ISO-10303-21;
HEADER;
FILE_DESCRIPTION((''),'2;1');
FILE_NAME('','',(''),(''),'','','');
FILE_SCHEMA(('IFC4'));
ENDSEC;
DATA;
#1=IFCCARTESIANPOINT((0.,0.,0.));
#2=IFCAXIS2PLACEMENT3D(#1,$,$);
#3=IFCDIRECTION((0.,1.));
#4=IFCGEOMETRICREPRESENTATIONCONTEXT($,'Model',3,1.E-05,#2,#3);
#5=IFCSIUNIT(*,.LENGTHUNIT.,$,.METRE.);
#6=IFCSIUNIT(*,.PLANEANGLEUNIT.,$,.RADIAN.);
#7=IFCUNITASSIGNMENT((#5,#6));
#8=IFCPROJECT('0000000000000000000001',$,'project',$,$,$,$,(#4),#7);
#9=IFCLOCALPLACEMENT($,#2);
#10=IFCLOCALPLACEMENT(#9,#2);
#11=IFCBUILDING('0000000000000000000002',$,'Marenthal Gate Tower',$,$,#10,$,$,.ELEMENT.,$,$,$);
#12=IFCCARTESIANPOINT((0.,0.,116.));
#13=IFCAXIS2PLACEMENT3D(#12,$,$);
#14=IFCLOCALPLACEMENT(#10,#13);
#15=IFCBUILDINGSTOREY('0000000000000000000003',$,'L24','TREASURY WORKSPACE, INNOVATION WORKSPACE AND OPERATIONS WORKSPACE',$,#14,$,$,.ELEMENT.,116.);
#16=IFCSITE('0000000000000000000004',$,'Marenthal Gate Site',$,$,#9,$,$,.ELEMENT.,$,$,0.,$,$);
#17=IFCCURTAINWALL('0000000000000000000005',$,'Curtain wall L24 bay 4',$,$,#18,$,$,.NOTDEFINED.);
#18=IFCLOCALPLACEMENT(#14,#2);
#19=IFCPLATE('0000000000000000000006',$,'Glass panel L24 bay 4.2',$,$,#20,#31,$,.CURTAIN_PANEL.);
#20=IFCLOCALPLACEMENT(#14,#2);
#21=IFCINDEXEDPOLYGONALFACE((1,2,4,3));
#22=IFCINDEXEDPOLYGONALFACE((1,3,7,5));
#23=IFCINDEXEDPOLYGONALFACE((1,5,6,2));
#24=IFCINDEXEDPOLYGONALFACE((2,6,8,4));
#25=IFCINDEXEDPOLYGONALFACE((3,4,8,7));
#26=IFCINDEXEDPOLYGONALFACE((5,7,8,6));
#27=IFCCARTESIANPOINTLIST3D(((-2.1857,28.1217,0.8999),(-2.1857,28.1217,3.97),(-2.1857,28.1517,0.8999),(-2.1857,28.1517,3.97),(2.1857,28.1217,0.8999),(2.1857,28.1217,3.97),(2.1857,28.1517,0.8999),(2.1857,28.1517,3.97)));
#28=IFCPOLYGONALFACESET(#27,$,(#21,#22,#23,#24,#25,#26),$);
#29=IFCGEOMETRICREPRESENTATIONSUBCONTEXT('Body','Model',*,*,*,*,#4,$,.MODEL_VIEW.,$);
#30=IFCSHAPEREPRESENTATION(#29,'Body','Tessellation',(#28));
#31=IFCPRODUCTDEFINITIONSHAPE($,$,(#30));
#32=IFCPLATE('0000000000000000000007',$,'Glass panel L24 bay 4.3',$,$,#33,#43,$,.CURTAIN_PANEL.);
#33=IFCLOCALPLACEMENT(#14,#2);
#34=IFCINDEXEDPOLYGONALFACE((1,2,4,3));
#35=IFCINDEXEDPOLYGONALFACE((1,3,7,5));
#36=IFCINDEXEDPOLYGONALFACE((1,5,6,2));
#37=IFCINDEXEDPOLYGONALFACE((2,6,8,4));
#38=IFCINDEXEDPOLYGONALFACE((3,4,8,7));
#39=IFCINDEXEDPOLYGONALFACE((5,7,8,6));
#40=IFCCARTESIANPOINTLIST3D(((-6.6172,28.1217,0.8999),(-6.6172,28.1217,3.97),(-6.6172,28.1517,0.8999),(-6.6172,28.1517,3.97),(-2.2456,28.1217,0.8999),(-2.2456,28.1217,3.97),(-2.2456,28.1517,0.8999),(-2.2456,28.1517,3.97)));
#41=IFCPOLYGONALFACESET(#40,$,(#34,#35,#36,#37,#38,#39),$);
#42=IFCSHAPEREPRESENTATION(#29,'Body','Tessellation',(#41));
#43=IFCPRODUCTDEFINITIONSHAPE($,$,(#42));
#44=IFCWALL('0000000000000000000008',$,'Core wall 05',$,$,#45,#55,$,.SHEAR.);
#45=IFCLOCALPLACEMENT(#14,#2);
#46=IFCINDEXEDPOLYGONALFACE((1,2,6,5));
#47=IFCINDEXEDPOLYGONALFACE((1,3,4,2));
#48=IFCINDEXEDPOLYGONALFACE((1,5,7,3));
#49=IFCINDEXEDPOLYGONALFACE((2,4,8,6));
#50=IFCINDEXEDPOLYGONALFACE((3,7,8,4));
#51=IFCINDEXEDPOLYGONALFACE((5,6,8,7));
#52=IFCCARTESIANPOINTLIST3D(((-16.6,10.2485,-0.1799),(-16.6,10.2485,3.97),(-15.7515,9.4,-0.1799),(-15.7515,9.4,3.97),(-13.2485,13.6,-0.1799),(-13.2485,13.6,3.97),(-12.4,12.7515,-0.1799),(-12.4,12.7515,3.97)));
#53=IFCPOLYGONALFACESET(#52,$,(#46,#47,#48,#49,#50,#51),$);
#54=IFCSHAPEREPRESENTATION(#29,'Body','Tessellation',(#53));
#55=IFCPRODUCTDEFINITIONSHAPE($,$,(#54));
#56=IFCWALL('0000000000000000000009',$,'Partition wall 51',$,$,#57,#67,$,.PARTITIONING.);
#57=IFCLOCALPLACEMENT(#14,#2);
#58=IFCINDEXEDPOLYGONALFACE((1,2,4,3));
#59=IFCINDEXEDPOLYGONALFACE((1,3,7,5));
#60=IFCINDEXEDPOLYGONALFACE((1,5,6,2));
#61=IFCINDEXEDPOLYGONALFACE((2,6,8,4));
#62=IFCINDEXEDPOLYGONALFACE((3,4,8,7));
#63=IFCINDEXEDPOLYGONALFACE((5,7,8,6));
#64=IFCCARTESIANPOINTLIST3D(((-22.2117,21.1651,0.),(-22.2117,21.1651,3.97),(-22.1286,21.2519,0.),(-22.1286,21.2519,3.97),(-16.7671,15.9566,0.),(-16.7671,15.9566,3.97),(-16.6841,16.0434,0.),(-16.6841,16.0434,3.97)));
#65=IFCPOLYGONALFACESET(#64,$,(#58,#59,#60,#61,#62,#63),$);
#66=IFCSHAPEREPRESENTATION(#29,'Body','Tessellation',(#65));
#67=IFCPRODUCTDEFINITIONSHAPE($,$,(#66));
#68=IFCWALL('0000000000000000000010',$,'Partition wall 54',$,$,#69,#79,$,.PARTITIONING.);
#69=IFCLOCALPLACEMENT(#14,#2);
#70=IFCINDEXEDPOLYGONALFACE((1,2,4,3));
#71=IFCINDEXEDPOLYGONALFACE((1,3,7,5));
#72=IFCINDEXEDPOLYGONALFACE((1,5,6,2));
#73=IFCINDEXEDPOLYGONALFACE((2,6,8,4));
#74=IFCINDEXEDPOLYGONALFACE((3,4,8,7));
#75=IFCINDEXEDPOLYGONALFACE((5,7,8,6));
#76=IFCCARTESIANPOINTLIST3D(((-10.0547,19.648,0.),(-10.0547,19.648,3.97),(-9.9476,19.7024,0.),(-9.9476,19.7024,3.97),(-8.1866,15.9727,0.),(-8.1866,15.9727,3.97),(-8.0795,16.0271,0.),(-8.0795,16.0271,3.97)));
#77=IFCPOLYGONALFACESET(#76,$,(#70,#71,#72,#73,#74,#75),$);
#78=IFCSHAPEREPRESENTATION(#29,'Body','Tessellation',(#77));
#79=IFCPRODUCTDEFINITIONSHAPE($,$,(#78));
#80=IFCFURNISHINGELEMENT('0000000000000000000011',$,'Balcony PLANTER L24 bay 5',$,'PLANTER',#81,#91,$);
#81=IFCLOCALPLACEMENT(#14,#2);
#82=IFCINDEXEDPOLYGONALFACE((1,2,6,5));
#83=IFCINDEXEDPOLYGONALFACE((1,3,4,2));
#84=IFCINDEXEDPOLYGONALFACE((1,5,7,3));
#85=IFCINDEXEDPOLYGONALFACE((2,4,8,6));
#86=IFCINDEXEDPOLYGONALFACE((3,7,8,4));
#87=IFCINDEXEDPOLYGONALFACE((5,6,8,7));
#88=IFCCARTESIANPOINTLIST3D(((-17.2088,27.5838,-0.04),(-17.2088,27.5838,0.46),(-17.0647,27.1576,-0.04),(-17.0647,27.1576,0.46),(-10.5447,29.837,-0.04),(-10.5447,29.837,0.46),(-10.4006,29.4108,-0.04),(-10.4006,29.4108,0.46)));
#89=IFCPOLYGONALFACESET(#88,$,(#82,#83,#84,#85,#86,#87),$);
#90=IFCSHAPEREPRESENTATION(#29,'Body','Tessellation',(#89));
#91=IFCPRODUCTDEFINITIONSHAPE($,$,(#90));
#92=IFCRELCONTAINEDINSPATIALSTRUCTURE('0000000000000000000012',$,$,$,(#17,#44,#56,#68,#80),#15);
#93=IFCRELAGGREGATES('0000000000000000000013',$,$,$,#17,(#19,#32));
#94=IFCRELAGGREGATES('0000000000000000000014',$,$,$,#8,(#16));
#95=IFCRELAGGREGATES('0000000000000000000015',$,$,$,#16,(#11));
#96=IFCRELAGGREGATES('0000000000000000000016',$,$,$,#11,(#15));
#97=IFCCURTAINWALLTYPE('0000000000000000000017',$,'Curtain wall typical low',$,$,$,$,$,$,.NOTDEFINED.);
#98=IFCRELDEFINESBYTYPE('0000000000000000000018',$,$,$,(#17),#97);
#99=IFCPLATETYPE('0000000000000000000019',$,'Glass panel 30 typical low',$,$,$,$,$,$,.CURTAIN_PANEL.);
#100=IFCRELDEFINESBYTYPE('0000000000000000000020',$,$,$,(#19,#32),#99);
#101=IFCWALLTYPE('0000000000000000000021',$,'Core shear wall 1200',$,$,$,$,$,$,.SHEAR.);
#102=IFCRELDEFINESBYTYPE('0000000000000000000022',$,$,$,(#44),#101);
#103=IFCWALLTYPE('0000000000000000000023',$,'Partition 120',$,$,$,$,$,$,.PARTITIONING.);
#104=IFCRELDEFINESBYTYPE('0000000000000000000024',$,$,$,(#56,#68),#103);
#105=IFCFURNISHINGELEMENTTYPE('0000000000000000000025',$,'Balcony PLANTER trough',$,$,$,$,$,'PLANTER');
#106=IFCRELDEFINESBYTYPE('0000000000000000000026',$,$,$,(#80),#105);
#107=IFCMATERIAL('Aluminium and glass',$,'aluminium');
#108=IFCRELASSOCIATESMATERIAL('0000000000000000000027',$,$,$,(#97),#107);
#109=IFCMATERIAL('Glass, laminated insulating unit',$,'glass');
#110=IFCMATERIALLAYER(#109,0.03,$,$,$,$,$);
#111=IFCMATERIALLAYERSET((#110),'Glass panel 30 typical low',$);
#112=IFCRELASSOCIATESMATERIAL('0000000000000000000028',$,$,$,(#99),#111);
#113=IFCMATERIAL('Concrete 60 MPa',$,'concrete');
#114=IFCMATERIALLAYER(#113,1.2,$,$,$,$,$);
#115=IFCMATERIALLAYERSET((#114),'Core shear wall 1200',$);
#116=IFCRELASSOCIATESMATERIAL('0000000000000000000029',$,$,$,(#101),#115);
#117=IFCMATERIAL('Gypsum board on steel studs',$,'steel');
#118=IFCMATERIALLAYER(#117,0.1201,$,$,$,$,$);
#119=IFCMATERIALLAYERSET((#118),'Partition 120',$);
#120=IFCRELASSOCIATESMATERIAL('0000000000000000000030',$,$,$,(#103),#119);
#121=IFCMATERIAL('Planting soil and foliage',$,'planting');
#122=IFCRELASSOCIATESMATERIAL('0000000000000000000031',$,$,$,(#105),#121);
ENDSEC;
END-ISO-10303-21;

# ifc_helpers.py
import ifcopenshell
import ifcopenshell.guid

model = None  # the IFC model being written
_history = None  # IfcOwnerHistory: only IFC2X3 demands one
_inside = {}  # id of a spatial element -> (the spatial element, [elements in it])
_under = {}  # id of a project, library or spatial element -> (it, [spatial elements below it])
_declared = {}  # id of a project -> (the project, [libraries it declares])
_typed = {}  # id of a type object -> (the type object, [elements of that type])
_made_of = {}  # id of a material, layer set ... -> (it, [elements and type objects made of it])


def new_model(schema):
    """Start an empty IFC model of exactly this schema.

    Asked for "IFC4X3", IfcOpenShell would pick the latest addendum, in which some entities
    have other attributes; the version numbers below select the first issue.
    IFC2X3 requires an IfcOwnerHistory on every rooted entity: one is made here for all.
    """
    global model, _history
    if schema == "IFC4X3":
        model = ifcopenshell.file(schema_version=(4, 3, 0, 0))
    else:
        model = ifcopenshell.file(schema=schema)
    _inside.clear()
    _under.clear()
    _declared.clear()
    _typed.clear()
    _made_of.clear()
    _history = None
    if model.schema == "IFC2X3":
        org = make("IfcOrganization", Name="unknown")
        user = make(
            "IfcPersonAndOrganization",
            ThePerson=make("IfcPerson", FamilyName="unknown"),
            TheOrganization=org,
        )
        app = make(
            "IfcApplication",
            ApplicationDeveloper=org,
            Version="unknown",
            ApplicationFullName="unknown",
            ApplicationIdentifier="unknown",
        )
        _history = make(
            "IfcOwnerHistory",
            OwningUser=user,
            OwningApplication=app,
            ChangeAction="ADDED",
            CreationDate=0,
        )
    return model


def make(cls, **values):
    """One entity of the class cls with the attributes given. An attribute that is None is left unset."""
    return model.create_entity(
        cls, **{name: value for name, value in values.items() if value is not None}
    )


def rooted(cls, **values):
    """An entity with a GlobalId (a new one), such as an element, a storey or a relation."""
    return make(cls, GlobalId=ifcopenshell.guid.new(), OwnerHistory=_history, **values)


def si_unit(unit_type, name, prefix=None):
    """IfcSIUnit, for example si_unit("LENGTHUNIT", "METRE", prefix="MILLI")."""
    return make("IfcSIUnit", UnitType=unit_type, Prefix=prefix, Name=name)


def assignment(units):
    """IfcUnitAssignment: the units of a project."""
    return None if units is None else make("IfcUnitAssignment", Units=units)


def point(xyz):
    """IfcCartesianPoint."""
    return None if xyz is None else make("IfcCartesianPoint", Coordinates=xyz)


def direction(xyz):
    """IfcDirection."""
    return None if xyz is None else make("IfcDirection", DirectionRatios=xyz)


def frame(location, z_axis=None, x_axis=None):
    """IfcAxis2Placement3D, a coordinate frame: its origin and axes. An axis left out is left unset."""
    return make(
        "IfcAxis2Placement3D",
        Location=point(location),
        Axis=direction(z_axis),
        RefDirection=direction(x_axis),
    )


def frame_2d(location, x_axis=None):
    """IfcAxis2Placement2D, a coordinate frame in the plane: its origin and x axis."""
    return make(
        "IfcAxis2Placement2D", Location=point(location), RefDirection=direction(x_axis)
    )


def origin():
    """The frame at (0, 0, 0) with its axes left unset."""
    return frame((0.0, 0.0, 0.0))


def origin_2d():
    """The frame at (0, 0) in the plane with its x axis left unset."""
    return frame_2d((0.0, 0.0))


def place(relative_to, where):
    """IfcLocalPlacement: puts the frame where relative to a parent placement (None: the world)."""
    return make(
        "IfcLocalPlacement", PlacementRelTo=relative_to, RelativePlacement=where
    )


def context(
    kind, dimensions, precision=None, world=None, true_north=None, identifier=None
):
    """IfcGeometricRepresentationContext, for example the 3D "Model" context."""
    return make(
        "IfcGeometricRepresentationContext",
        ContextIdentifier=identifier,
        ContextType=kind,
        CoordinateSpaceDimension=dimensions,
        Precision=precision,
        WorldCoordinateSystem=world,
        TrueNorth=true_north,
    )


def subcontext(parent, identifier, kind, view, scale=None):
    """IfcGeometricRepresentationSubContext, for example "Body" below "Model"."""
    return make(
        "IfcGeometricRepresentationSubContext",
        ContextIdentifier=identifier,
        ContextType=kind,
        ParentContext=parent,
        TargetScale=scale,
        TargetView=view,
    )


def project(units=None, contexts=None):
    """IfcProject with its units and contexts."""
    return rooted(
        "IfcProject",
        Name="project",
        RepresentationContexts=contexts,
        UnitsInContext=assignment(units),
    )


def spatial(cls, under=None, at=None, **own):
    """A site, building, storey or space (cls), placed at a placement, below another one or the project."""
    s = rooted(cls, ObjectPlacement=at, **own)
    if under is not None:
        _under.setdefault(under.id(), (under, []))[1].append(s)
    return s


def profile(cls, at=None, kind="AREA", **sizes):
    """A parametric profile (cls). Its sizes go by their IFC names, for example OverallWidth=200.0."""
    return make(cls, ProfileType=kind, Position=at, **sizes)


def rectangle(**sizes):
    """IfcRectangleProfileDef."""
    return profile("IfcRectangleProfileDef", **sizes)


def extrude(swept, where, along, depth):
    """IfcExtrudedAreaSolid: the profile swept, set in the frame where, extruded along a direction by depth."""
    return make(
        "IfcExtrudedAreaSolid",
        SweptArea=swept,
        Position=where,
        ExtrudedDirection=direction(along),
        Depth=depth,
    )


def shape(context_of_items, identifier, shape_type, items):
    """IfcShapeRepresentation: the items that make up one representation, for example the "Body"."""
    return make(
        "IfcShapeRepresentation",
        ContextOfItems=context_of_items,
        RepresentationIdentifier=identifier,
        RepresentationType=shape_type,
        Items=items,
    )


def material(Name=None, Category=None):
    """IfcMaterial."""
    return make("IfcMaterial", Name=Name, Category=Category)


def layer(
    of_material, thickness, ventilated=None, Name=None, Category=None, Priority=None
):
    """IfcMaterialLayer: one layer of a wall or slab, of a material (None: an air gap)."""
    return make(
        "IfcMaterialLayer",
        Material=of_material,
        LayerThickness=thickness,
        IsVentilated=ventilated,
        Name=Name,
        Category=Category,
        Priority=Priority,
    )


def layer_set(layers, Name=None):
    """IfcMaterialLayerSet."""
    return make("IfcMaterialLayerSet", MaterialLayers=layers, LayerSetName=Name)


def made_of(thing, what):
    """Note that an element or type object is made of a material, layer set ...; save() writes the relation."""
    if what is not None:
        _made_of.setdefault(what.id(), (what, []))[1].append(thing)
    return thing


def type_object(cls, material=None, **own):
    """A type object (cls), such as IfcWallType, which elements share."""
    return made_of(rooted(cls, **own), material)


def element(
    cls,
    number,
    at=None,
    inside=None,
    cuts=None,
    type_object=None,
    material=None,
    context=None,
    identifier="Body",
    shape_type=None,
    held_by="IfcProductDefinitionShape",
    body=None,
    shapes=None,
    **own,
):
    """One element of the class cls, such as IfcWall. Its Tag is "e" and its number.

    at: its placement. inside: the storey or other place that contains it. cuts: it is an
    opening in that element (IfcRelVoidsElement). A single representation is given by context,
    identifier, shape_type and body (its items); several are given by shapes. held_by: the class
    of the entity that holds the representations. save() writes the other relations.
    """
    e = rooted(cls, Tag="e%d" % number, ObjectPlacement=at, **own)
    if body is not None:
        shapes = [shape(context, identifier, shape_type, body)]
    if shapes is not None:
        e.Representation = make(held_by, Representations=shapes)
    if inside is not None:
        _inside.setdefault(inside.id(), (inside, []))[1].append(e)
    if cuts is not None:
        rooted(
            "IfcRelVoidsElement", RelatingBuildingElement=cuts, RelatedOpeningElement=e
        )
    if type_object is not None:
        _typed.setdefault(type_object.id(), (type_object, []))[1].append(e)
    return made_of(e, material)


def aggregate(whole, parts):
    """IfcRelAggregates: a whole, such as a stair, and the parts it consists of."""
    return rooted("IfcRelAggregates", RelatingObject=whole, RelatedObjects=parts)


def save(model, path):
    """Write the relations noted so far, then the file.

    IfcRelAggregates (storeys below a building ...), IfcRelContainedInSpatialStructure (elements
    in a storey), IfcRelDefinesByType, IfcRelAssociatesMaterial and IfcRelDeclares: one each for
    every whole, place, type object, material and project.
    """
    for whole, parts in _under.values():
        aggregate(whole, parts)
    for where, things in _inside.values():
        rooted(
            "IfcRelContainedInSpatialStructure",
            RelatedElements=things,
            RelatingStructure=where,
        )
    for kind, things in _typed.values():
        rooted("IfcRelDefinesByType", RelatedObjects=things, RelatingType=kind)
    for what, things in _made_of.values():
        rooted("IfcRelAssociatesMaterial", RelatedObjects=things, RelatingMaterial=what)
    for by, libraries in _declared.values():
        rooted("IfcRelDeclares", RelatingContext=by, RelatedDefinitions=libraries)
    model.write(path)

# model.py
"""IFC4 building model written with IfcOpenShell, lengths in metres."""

from ifc_helpers import new_model, si_unit, direction, frame, frame_2d, origin, origin_2d, place, context, subcontext, project, spatial, rectangle, extrude, material, layer, layer_set, type_object, element, aggregate, save


model = new_model("IFC4")

# Units and contexts
model_context = context("Model", 3, precision=1e-05, world=origin(), true_north=direction((0.0, 1.0)))
body_context = subcontext(model_context, "Body", "Model", "MODEL_VIEW")
ifc_project = project(units=[si_unit("LENGTHUNIT", "METRE"), si_unit("PLANEANGLEUNIT", "RADIAN")], contexts=[model_context])

# Site, building, storey
site_placement = place(None, origin())
site = spatial("IfcSite", under=ifc_project, at=site_placement, Name="Marenthal Gate Site", CompositionType="ELEMENT", RefElevation=0.0)
building_placement = place(site_placement, origin())
building = spatial("IfcBuilding", under=site, at=building_placement, Name="Marenthal Gate Tower", CompositionType="ELEMENT")
storey_placement = place(building_placement, frame((0.0, 0.0, 116.0)))
storey = spatial("IfcBuildingStorey", under=building, at=storey_placement, Name="L24", Description="TREASURY WORKSPACE, INNOVATION WORKSPACE AND OPERATIONS WORKSPACE", CompositionType="ELEMENT", Elevation=116.0)

# Curtain wall
ifc_material_1 = material(Name="Aluminium and glass", Category="aluminium")
curtain_wall_type = type_object("IfcCurtainWallType", Name="Curtain wall typical low", PredefinedType="NOTDEFINED", material=ifc_material_1)
curtain_wall_placement = place(storey_placement, origin())
curtain_wall = element("IfcCurtainWall", 1, at=curtain_wall_placement, inside=storey, type_object=curtain_wall_type, Name="Curtain wall L24 bay 4", PredefinedType="NOTDEFINED")

# Plates
ifc_material_2 = material(Name="Glass, laminated insulating unit", Category="glass")
ifc_layer_1 = layer(ifc_material_2, 0.03)
ifc_layer_set_1 = layer_set([ifc_layer_1], Name="Glass panel 30 typical low")
plate_type = type_object("IfcPlateType", Name="Glass panel 30 typical low", PredefinedType="CURTAIN_PANEL", material=ifc_layer_set_1)
plate_1_placement = place(storey_placement, frame((0.0, 28.1367, 0.8999), z_axis=(0.0, 0.0, 1.0), x_axis=(-1.0, 0.0, 0.0)))
plate_1 = element("IfcPlate", 2, at=plate_1_placement, type_object=plate_type, Name="Glass panel L24 bay 4.2", PredefinedType="CURTAIN_PANEL", context=body_context, shape_type="SweptSolid", body=[
    extrude(rectangle(XDim=4.3713, YDim=0.03, at=origin_2d()), origin(), (0.0, 0.0, 1.0), 3.0701),
])
plate_2_placement = place(storey_placement, frame((-4.4314, 28.1367, 0.8999), z_axis=(0.0, 0.0, 1.0), x_axis=(-1.0, 0.0, 0.0)))
plate_2 = element("IfcPlate", 3, at=plate_2_placement, type_object=plate_type, Name="Glass panel L24 bay 4.3", PredefinedType="CURTAIN_PANEL", context=body_context, shape_type="SweptSolid", body=[
    extrude(rectangle(XDim=4.3716, YDim=0.03, at=origin_2d()), origin(), (0.0, 0.0, 1.0), 3.0701),
])
aggregate(curtain_wall, [plate_1, plate_2])

# Walls
ifc_material_3 = material(Name="Concrete 60 MPa", Category="concrete")
ifc_layer_2 = layer(ifc_material_3, 1.2)
ifc_layer_set_2 = layer_set([ifc_layer_2], Name="Core shear wall 1200")
wall_type_1 = type_object("IfcWallType", Name="Core shear wall 1200", PredefinedType="SHEAR", material=ifc_layer_set_2)
wall_1_placement = place(storey_placement, frame((-12.8242, 13.1758, -0.1799), z_axis=(0.0, 0.0, 1.0), x_axis=(-0.707107, -0.707107, 0.0)))
element("IfcWall", 4, at=wall_1_placement, inside=storey, type_object=wall_type_1, Name="Core wall 05", PredefinedType="SHEAR", context=body_context, shape_type="SweptSolid", body=[
    extrude(rectangle(XDim=4.7397, YDim=1.2, at=frame_2d((2.3699, 0.0))), origin(), (0.0, 0.0, 1.0), 4.1499),
])
ifc_material_4 = material(Name="Gypsum board on steel studs", Category="steel")
ifc_layer_3 = layer(ifc_material_4, 0.1201)
ifc_layer_set_3 = layer_set([ifc_layer_3], Name="Partition 120")
wall_type_2 = type_object("IfcWallType", Name="Partition 120", PredefinedType="PARTITIONING", material=ifc_layer_set_3)
wall_2_placement = place(storey_placement, frame((-16.7256, 16.0, 0.0), z_axis=(0.0, 0.0, 1.0), x_axis=(-0.7226, 0.691267, 0.0)))
element("IfcWall", 5, at=wall_2_placement, inside=storey, type_object=wall_type_2, Name="Partition wall 51", PredefinedType="PARTITIONING", context=body_context, shape_type="SweptSolid", body=[
    extrude(rectangle(XDim=7.5347, YDim=0.1201, at=frame_2d((3.7673, 0.0))), origin(), (0.0, 0.0, 1.0), 3.97),
])
wall_3_placement = place(storey_placement, frame((-10.0012, 19.6753, 0.0), z_axis=(0.0, 0.0, 1.0), x_axis=(0.453125, -0.891447, 0.0)))
element("IfcWall", 6, at=wall_3_placement, inside=storey, type_object=wall_type_2, Name="Partition wall 54", PredefinedType="PARTITIONING", context=body_context, shape_type="SweptSolid", body=[
    extrude(rectangle(XDim=4.1228, YDim=0.1201, at=frame_2d((2.0615, 0.0))), origin(), (0.0, 0.0, 1.0), 3.97),
])

# Furnishing element
ifc_material_5 = material(Name="Planting soil and foliage", Category="planting")
furnishing_element_type = type_object("IfcFurnishingElementType", Name="Balcony PLANTER trough", ElementType="PLANTER", material=ifc_material_5)
furnishing_placement = place(storey_placement, frame((-13.8047, 28.4973, -0.04), z_axis=(0.0, 0.0, 1.0), x_axis=(-0.947316, -0.3203, 0.0)))
element("IfcFurnishingElement", 7, at=furnishing_placement, inside=storey, type_object=furnishing_element_type, Name="Balcony PLANTER L24 bay 5", ObjectType="PLANTER", context=body_context, shape_type="SweptSolid", body=[
    extrude(rectangle(XDim=7.0347, YDim=0.45, at=origin_2d()), origin(), (0.0, 0.0, 1.0), 0.5),
])

save(model, "model.ifc")
